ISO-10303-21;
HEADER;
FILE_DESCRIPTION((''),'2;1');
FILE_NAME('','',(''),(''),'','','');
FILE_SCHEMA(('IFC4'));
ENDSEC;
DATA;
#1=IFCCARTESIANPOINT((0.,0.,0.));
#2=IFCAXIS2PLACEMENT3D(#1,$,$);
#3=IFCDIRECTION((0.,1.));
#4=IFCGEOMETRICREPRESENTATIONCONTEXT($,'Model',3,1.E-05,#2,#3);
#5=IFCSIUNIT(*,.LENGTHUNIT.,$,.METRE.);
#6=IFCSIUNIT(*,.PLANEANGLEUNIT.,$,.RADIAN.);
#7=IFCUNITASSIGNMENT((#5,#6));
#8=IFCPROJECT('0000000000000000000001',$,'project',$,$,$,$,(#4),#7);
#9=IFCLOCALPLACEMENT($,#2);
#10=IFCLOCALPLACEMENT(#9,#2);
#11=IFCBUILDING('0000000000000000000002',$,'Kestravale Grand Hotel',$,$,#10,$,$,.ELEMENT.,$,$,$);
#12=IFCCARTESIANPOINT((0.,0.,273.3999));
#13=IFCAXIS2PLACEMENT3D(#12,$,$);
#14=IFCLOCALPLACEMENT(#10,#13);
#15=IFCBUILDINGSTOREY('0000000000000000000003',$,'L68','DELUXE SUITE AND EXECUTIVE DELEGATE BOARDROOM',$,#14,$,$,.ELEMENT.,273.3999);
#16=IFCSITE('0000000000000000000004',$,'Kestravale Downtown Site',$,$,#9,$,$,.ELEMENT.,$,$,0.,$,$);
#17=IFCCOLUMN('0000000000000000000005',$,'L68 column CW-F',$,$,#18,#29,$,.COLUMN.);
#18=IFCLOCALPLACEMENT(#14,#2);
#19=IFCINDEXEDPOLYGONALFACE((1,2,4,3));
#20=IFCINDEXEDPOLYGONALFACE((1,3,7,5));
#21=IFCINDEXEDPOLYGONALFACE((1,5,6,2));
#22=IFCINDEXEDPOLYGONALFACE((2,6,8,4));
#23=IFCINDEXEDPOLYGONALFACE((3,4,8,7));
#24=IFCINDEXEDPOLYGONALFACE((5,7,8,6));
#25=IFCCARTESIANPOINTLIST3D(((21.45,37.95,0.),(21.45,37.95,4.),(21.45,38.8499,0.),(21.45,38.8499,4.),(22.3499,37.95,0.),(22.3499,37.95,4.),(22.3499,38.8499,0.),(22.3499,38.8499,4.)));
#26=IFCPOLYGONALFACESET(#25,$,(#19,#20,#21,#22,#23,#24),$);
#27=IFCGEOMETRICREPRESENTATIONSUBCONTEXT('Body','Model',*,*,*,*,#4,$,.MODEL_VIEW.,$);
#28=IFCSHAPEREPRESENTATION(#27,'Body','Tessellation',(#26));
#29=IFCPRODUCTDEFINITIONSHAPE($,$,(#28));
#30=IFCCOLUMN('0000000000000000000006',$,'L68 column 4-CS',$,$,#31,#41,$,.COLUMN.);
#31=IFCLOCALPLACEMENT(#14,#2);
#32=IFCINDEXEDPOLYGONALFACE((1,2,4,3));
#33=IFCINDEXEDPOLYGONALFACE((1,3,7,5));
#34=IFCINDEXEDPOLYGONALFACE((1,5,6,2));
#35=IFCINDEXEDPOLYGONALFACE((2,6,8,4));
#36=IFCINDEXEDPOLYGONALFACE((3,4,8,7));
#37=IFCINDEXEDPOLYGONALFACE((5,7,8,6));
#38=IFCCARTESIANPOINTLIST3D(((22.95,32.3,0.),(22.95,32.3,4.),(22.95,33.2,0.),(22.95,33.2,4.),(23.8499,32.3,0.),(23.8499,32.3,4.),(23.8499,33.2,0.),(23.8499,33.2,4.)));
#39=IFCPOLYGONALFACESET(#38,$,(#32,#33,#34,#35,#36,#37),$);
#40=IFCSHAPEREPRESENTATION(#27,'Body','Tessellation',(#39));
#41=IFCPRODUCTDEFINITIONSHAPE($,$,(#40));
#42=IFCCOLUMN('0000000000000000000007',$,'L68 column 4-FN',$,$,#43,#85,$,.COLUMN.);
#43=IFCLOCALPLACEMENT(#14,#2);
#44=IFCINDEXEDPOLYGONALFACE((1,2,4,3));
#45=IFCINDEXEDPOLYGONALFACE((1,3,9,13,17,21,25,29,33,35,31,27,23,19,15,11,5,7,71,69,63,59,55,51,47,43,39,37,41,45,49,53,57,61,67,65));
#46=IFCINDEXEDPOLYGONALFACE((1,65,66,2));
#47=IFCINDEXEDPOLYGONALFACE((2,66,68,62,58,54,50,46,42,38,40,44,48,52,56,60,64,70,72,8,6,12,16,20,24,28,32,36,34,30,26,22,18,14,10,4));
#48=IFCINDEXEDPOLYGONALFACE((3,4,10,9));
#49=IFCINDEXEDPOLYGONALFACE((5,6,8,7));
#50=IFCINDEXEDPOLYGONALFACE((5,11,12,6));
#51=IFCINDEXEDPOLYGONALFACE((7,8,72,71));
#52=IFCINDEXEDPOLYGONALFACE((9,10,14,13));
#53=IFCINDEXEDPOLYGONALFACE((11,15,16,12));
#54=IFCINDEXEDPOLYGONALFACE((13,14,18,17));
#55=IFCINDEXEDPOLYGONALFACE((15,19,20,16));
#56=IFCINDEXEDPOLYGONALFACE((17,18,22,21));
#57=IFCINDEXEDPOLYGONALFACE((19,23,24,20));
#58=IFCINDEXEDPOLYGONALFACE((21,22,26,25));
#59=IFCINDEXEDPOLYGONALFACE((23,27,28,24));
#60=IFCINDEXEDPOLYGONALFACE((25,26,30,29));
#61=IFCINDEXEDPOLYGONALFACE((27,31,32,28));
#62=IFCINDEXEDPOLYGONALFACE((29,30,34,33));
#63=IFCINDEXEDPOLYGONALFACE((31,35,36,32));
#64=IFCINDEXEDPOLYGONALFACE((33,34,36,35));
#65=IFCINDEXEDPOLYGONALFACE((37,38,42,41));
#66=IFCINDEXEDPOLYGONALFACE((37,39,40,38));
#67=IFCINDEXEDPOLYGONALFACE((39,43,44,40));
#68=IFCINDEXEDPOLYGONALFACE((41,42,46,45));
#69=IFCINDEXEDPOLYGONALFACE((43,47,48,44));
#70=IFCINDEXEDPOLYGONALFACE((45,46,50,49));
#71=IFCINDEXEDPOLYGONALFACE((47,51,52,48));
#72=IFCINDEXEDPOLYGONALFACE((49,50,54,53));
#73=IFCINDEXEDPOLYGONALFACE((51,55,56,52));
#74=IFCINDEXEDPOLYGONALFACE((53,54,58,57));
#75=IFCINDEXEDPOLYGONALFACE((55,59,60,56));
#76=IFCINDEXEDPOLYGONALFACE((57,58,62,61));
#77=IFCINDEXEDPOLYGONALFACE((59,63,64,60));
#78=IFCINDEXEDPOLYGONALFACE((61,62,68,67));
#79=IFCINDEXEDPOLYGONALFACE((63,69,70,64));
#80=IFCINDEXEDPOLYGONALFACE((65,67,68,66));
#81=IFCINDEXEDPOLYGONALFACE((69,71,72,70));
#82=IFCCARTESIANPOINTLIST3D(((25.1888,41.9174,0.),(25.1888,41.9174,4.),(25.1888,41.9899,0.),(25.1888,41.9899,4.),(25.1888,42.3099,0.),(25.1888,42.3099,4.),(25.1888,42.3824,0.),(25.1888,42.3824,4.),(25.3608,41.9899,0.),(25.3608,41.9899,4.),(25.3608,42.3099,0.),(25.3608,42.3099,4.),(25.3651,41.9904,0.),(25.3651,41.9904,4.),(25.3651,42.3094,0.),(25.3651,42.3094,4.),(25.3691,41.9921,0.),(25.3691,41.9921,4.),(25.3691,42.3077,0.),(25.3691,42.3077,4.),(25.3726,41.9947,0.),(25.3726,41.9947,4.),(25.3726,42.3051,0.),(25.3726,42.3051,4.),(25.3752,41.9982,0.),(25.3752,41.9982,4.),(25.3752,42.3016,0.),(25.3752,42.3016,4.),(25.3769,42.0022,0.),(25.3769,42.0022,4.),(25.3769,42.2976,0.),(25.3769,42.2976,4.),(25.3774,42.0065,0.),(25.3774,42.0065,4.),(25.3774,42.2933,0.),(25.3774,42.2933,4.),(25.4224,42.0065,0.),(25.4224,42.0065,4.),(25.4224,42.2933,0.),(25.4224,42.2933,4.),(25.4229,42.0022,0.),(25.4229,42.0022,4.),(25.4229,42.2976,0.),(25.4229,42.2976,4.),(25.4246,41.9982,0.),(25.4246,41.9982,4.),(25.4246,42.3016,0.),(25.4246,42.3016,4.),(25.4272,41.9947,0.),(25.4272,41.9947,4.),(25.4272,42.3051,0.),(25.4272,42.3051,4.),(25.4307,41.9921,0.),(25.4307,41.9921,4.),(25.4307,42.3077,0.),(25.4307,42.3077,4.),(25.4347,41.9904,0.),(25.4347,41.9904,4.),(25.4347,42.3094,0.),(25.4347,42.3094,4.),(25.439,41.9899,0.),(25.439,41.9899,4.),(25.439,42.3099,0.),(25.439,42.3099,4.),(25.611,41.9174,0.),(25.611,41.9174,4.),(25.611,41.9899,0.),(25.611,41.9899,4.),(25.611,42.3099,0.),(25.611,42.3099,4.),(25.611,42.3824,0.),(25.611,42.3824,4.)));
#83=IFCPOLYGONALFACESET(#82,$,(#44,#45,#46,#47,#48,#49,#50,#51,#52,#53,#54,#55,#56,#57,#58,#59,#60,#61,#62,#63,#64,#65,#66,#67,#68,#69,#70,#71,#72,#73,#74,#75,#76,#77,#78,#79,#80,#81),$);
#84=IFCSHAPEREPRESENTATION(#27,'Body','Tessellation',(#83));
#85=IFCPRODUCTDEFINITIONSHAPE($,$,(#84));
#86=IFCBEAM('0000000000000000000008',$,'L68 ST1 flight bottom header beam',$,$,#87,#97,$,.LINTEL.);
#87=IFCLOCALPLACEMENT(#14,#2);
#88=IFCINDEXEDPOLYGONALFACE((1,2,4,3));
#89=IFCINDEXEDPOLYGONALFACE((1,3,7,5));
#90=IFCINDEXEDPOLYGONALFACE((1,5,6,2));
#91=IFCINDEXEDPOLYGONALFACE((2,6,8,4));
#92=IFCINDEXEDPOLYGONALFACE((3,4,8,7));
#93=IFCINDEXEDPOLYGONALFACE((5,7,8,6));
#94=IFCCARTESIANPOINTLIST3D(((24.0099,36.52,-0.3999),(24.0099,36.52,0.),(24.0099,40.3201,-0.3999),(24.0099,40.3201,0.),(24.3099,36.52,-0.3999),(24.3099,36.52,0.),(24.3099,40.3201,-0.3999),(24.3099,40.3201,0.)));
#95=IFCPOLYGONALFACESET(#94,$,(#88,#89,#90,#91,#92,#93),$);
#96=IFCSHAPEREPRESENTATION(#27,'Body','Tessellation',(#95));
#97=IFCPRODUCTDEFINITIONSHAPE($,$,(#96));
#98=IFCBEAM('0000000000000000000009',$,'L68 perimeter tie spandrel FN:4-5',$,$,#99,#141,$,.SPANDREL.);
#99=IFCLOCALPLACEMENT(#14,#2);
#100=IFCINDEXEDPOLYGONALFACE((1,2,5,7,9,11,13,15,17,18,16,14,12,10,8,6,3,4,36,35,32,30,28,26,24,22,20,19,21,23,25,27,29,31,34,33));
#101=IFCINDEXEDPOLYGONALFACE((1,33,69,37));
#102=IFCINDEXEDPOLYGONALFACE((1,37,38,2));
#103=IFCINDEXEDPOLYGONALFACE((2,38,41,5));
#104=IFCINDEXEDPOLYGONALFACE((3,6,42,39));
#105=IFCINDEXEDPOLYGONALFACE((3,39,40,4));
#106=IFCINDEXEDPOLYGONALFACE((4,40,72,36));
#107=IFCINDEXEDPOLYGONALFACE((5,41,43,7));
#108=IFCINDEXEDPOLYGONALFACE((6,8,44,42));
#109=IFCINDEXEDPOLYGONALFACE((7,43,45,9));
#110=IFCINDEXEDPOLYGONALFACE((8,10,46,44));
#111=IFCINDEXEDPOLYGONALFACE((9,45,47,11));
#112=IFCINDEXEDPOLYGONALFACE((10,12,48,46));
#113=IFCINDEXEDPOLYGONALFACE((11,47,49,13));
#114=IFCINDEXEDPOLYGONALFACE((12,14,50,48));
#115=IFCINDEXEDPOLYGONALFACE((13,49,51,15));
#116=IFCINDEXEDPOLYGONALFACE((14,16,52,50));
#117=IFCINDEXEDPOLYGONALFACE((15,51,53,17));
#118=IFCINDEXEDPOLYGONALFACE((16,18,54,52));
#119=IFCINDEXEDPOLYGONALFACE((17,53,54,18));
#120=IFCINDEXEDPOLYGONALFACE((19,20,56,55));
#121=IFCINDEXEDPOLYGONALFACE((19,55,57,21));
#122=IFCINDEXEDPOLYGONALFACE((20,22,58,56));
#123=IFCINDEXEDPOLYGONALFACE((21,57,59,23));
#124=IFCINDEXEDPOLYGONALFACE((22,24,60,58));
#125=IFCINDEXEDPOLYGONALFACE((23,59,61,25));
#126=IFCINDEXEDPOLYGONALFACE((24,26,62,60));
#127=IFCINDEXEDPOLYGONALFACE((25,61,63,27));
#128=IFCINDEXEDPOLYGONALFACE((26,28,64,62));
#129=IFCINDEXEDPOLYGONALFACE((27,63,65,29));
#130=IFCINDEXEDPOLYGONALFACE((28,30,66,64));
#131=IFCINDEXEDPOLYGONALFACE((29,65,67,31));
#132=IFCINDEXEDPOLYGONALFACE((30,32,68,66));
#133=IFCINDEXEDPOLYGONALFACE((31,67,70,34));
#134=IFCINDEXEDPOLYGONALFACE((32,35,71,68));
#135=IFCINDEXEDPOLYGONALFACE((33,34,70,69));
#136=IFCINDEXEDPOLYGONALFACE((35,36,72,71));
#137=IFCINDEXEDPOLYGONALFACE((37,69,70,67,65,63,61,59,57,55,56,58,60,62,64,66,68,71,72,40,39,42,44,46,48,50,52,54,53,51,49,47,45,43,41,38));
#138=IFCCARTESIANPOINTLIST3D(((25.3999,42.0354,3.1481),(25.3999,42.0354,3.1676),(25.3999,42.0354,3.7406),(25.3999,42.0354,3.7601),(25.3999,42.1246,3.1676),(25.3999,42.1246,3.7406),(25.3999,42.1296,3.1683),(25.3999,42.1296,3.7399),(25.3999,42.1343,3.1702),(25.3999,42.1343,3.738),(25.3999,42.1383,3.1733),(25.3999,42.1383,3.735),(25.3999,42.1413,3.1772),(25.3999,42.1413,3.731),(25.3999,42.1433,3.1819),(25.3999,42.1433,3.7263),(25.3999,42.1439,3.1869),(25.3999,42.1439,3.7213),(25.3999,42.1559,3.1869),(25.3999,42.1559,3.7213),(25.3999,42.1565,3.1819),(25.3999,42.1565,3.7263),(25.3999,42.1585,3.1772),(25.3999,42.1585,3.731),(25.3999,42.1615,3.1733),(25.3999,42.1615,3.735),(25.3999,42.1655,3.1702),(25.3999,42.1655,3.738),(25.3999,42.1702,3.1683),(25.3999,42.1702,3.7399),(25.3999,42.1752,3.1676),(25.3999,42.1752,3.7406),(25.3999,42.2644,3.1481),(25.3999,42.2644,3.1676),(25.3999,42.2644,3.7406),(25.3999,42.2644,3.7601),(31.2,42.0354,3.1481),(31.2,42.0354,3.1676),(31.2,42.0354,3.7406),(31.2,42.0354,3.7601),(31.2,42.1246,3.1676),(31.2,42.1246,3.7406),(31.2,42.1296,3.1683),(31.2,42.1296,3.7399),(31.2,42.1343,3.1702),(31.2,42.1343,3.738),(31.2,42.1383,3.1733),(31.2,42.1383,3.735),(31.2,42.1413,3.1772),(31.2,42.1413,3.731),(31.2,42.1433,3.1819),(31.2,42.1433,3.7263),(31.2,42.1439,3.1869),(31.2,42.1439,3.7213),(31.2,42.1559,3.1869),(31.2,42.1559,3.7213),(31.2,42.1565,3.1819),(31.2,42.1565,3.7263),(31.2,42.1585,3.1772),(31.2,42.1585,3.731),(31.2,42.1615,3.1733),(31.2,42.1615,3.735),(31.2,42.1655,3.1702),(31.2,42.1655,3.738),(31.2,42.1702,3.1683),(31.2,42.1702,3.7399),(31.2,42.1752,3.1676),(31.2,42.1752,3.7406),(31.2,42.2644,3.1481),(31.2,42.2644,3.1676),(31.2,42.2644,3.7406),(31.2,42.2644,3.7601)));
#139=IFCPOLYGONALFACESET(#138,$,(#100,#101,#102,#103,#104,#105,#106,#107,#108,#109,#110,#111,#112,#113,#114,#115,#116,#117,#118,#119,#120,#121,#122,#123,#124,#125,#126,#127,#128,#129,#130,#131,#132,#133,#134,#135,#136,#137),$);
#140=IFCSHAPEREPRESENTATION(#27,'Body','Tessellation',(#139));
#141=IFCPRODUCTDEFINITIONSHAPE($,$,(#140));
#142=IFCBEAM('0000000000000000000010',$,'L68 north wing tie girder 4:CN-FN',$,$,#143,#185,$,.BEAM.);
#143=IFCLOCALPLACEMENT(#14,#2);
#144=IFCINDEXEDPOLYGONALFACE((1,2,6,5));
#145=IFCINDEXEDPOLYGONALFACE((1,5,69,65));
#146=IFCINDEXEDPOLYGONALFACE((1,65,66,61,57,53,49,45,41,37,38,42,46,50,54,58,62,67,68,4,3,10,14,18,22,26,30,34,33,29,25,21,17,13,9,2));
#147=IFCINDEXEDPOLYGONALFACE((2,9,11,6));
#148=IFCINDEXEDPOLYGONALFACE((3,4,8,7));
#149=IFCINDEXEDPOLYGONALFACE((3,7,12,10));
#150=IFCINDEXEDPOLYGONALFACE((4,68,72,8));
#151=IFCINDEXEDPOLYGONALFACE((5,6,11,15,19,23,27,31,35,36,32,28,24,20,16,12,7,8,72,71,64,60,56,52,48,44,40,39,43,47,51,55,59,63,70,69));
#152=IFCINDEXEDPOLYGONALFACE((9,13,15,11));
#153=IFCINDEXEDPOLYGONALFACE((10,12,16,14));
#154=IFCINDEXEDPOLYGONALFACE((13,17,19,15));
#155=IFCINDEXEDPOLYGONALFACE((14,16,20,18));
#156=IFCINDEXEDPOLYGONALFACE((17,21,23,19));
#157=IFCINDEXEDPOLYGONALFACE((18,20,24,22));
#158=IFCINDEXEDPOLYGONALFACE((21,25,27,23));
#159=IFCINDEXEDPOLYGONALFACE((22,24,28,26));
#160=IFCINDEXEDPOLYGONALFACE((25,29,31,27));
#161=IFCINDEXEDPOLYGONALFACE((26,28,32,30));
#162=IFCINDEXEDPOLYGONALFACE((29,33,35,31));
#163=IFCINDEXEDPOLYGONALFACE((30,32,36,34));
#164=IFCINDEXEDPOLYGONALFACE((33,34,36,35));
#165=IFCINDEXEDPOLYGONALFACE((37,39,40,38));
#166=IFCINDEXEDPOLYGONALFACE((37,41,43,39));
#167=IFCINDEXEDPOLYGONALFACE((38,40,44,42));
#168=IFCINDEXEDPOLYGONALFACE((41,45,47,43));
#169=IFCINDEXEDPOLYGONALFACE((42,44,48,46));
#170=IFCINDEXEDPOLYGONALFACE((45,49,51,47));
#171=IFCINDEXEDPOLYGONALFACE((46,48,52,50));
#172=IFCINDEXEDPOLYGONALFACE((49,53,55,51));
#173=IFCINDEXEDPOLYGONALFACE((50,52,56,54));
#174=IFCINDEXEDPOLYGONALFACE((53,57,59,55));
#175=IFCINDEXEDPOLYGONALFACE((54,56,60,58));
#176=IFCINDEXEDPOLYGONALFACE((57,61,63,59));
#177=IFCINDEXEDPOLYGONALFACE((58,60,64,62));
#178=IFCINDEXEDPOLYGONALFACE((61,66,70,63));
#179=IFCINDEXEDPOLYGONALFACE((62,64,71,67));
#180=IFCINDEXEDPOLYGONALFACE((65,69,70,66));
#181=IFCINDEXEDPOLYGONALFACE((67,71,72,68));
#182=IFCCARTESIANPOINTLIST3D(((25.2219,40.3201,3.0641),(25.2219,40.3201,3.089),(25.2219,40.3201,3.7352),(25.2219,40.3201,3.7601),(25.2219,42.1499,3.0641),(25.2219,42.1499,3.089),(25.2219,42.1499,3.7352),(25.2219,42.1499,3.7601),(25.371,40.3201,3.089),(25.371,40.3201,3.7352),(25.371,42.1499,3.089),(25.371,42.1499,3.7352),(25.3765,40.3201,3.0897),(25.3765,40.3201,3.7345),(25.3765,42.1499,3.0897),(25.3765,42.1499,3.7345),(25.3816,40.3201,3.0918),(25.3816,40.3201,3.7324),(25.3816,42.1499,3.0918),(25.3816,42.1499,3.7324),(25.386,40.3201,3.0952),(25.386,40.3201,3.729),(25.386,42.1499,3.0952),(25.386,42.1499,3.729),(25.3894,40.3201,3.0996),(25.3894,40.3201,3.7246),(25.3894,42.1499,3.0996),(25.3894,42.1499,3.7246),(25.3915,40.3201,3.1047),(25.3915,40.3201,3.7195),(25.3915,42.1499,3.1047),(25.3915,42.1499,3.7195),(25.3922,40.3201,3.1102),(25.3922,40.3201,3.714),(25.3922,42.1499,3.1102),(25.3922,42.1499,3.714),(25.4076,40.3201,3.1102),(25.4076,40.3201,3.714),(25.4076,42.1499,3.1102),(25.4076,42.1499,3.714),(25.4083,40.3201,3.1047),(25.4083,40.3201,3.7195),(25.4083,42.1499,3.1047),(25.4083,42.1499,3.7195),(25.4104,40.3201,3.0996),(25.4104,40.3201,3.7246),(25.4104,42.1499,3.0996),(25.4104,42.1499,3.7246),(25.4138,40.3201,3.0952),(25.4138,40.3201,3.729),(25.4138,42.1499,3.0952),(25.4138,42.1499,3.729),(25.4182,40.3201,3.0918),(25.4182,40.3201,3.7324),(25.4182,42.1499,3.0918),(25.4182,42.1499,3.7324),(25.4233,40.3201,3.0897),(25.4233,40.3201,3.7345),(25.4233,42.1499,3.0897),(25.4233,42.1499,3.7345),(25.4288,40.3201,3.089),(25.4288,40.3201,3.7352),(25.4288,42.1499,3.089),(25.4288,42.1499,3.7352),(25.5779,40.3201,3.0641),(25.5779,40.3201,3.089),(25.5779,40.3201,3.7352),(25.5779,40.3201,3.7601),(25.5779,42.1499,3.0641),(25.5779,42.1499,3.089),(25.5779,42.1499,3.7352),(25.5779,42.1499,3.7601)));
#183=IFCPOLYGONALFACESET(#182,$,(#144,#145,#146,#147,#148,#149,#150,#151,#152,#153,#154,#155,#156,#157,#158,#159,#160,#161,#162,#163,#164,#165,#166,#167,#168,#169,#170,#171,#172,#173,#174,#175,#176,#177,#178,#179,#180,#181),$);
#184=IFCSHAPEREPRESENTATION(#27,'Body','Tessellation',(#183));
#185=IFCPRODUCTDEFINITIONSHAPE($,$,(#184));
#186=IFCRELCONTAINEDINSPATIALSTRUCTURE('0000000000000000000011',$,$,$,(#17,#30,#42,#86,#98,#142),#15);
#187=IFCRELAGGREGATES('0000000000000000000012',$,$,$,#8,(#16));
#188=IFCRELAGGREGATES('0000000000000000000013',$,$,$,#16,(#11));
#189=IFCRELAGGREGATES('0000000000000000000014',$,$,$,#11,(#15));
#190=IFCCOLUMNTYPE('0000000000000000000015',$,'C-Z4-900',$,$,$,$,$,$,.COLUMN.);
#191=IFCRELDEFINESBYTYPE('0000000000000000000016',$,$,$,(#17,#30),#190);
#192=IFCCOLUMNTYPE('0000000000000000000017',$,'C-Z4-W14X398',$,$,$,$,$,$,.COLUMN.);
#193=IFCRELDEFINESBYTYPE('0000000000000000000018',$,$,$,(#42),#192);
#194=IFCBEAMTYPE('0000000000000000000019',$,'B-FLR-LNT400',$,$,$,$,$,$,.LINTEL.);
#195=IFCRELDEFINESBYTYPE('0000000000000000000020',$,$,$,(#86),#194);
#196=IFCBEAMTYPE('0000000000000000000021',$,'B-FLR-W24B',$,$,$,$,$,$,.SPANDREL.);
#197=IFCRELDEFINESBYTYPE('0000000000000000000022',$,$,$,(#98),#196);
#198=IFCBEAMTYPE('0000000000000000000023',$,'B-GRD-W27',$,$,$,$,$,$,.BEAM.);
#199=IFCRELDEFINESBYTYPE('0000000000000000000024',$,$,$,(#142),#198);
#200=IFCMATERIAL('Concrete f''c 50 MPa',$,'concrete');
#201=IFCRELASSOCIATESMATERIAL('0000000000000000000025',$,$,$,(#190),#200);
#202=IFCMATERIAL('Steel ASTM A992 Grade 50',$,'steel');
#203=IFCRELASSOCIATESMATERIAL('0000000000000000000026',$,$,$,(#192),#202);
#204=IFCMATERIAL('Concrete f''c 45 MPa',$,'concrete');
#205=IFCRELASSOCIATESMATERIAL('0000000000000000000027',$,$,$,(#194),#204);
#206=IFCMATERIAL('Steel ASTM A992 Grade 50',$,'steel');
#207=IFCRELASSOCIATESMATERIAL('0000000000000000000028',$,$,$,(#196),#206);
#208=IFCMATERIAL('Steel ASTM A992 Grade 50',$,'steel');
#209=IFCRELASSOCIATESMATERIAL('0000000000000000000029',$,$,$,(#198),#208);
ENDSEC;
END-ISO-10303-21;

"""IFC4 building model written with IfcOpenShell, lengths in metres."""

from ifc_helpers import new_model, si_unit, direction, frame, origin, origin_2d, place, context, subcontext, project, spatial, rectangle, i_section, extrude, material, material_profile, profile_set, type_object, element, save


model = new_model("IFC4")

# Units and contexts
model_context = context("Model", 3, precision=1e-05, world=origin(), true_north=direction((0.0, 1.0)))
body_context = subcontext(model_context, "Body", "Model", "MODEL_VIEW")
ifc_project = project(units=[si_unit("LENGTHUNIT", "METRE"), si_unit("PLANEANGLEUNIT", "RADIAN")], contexts=[model_context])

# Site, building, storey
site_placement = place(None, origin())
site = spatial("IfcSite", under=ifc_project, at=site_placement, Name="Kestravale Downtown Site", CompositionType="ELEMENT", RefElevation=0.0)
building_placement = place(site_placement, origin())
building = spatial("IfcBuilding", under=site, at=building_placement, Name="Kestravale Grand Hotel", CompositionType="ELEMENT")
storey_placement = place(building_placement, frame((0.0, 0.0, 273.3999)))
storey = spatial("IfcBuildingStorey", under=building, at=storey_placement, Name="L68", Description="DELUXE SUITE AND EXECUTIVE DELEGATE BOARDROOM", CompositionType="ELEMENT", Elevation=273.3999)

# Columns
ifc_material_1 = material(Name="Concrete f'c 50 MPa", Category="concrete")
ifc_material_profile_1 = material_profile(ifc_material_1, rectangle(XDim=0.8999, YDim=0.8999, at=origin_2d()))
ifc_profile_set_1 = profile_set([ifc_material_profile_1], Name="Concrete f'c 50 MPa")
column_type_1 = type_object("IfcColumnType", Name="C-Z4-900", PredefinedType="COLUMN", material=ifc_profile_set_1)
for number, where, z_axis, x_axis, name in (
    (1, (21.8999, 38.3999, 0.0), (0.0, 0.0, 1.0), (1.0, 0.0, 0.0), "L68 column CW-F"),
    (2, (23.3999, 32.75, 0.0), (0.0, 0.0, 1.0), (1.0, 0.0, 0.0), "L68 column 4-CS"),
):
    element("IfcColumn", number, at=place(storey_placement, frame(where, z_axis=z_axis, x_axis=x_axis)), inside=storey, type_object=column_type_1, Name=name, PredefinedType="COLUMN", context=body_context, shape_type="SweptSolid", body=[
        extrude(rectangle(XDim=0.8999, YDim=0.8999, at=origin_2d()), origin(), (0.0, 0.0, 1.0), 4.0),
    ])
ifc_material_2 = material(Name="Steel ASTM A992 Grade 50", Category="steel")
ifc_material_profile_2 = material_profile(ifc_material_2, i_section(OverallWidth=0.4221, OverallDepth=0.4651, WebThickness=0.0449, FlangeThickness=0.0725, FilletRadius=0.0166, at=origin_2d()))
ifc_profile_set_2 = profile_set([ifc_material_profile_2], Name="Steel ASTM A992 Grade 50")
column_type_2 = type_object("IfcColumnType", Name="C-Z4-W14X398", PredefinedType="COLUMN", material=ifc_profile_set_2)
column_placement = place(storey_placement, frame((25.3999, 42.1499, 0.0), z_axis=(0.0, 0.0, 1.0), x_axis=(1.0, 0.0, 0.0)))
element("IfcColumn", 3, at=column_placement, inside=storey, type_object=column_type_2, Name="L68 column 4-FN", PredefinedType="COLUMN", context=body_context, shape_type="SweptSolid", body=[
    extrude(i_section(OverallWidth=0.4221, OverallDepth=0.4651, WebThickness=0.0449, FlangeThickness=0.0725, FilletRadius=0.0166, at=origin_2d()), origin(), (0.0, 0.0, 1.0), 4.0),
])

# Beams
ifc_material_3 = material(Name="Concrete f'c 45 MPa", Category="concrete")
ifc_material_profile_3 = material_profile(ifc_material_3, rectangle(XDim=0.3, YDim=0.3999, at=origin_2d()))
ifc_profile_set_3 = profile_set([ifc_material_profile_3], Name="Concrete f'c 45 MPa")
beam_type_1 = type_object("IfcBeamType", Name="B-FLR-LNT400", PredefinedType="LINTEL", material=ifc_profile_set_3)
beam_1_placement = place(storey_placement, frame((24.1599, 36.52, -0.2), z_axis=(0.0, 1.0, 0.0), x_axis=(-1.0, 0.0, 0.0)))
element("IfcBeam", 4, at=beam_1_placement, inside=storey, type_object=beam_type_1, Name="L68 ST1 flight bottom header beam", PredefinedType="LINTEL", context=body_context, shape_type="SweptSolid", body=[
    extrude(rectangle(XDim=0.3, YDim=0.3999, at=origin_2d()), origin(), (0.0, 0.0, 1.0), 3.8),
])
ifc_material_4 = material(Name="Steel ASTM A992 Grade 50", Category="steel")
ifc_material_profile_4 = material_profile(ifc_material_4, i_section(OverallWidth=0.229, OverallDepth=0.6121, WebThickness=0.012, FlangeThickness=0.0195, FilletRadius=0.0193, at=origin_2d()))
ifc_profile_set_4 = profile_set([ifc_material_profile_4], Name="Steel ASTM A992 Grade 50")
beam_type_2 = type_object("IfcBeamType", Name="B-FLR-W24B", PredefinedType="SPANDREL", material=ifc_profile_set_4)
beam_2_placement = place(storey_placement, frame((25.3999, 42.1499, 3.4541), z_axis=(1.0, 0.0, 0.0), x_axis=(0.0, 1.0, 0.0)))
element("IfcBeam", 5, at=beam_2_placement, inside=storey, type_object=beam_type_2, Name="L68 perimeter tie spandrel FN:4-5", PredefinedType="SPANDREL", context=body_context, shape_type="SweptSolid", body=[
    extrude(i_section(OverallWidth=0.229, OverallDepth=0.6121, WebThickness=0.012, FlangeThickness=0.0195, FilletRadius=0.0193, at=origin_2d()), origin(), (0.0, 0.0, 1.0), 5.8),
])
ifc_material_5 = material(Name="Steel ASTM A992 Grade 50", Category="steel")
ifc_material_profile_5 = material_profile(ifc_material_5, i_section(OverallWidth=0.356, OverallDepth=0.696, WebThickness=0.0154, FlangeThickness=0.0249, FilletRadius=0.0212, at=origin_2d()))
ifc_profile_set_5 = profile_set([ifc_material_profile_5], Name="Steel ASTM A992 Grade 50")
beam_type_3 = type_object("IfcBeamType", Name="B-GRD-W27", PredefinedType="BEAM", material=ifc_profile_set_5)
beam_3_placement = place(storey_placement, frame((25.3999, 40.3201, 3.4121), z_axis=(0.0, 1.0, 0.0), x_axis=(-1.0, 0.0, 0.0)))
element("IfcBeam", 6, at=beam_3_placement, inside=storey, type_object=beam_type_3, Name="L68 north wing tie girder 4:CN-FN", PredefinedType="BEAM", context=body_context, shape_type="SweptSolid", body=[
    extrude(i_section(OverallWidth=0.356, OverallDepth=0.696, WebThickness=0.0154, FlangeThickness=0.0249, FilletRadius=0.0212, at=origin_2d()), origin(), (0.0, 0.0, 1.0), 1.8298),
])

save(model, "model.ifc")
